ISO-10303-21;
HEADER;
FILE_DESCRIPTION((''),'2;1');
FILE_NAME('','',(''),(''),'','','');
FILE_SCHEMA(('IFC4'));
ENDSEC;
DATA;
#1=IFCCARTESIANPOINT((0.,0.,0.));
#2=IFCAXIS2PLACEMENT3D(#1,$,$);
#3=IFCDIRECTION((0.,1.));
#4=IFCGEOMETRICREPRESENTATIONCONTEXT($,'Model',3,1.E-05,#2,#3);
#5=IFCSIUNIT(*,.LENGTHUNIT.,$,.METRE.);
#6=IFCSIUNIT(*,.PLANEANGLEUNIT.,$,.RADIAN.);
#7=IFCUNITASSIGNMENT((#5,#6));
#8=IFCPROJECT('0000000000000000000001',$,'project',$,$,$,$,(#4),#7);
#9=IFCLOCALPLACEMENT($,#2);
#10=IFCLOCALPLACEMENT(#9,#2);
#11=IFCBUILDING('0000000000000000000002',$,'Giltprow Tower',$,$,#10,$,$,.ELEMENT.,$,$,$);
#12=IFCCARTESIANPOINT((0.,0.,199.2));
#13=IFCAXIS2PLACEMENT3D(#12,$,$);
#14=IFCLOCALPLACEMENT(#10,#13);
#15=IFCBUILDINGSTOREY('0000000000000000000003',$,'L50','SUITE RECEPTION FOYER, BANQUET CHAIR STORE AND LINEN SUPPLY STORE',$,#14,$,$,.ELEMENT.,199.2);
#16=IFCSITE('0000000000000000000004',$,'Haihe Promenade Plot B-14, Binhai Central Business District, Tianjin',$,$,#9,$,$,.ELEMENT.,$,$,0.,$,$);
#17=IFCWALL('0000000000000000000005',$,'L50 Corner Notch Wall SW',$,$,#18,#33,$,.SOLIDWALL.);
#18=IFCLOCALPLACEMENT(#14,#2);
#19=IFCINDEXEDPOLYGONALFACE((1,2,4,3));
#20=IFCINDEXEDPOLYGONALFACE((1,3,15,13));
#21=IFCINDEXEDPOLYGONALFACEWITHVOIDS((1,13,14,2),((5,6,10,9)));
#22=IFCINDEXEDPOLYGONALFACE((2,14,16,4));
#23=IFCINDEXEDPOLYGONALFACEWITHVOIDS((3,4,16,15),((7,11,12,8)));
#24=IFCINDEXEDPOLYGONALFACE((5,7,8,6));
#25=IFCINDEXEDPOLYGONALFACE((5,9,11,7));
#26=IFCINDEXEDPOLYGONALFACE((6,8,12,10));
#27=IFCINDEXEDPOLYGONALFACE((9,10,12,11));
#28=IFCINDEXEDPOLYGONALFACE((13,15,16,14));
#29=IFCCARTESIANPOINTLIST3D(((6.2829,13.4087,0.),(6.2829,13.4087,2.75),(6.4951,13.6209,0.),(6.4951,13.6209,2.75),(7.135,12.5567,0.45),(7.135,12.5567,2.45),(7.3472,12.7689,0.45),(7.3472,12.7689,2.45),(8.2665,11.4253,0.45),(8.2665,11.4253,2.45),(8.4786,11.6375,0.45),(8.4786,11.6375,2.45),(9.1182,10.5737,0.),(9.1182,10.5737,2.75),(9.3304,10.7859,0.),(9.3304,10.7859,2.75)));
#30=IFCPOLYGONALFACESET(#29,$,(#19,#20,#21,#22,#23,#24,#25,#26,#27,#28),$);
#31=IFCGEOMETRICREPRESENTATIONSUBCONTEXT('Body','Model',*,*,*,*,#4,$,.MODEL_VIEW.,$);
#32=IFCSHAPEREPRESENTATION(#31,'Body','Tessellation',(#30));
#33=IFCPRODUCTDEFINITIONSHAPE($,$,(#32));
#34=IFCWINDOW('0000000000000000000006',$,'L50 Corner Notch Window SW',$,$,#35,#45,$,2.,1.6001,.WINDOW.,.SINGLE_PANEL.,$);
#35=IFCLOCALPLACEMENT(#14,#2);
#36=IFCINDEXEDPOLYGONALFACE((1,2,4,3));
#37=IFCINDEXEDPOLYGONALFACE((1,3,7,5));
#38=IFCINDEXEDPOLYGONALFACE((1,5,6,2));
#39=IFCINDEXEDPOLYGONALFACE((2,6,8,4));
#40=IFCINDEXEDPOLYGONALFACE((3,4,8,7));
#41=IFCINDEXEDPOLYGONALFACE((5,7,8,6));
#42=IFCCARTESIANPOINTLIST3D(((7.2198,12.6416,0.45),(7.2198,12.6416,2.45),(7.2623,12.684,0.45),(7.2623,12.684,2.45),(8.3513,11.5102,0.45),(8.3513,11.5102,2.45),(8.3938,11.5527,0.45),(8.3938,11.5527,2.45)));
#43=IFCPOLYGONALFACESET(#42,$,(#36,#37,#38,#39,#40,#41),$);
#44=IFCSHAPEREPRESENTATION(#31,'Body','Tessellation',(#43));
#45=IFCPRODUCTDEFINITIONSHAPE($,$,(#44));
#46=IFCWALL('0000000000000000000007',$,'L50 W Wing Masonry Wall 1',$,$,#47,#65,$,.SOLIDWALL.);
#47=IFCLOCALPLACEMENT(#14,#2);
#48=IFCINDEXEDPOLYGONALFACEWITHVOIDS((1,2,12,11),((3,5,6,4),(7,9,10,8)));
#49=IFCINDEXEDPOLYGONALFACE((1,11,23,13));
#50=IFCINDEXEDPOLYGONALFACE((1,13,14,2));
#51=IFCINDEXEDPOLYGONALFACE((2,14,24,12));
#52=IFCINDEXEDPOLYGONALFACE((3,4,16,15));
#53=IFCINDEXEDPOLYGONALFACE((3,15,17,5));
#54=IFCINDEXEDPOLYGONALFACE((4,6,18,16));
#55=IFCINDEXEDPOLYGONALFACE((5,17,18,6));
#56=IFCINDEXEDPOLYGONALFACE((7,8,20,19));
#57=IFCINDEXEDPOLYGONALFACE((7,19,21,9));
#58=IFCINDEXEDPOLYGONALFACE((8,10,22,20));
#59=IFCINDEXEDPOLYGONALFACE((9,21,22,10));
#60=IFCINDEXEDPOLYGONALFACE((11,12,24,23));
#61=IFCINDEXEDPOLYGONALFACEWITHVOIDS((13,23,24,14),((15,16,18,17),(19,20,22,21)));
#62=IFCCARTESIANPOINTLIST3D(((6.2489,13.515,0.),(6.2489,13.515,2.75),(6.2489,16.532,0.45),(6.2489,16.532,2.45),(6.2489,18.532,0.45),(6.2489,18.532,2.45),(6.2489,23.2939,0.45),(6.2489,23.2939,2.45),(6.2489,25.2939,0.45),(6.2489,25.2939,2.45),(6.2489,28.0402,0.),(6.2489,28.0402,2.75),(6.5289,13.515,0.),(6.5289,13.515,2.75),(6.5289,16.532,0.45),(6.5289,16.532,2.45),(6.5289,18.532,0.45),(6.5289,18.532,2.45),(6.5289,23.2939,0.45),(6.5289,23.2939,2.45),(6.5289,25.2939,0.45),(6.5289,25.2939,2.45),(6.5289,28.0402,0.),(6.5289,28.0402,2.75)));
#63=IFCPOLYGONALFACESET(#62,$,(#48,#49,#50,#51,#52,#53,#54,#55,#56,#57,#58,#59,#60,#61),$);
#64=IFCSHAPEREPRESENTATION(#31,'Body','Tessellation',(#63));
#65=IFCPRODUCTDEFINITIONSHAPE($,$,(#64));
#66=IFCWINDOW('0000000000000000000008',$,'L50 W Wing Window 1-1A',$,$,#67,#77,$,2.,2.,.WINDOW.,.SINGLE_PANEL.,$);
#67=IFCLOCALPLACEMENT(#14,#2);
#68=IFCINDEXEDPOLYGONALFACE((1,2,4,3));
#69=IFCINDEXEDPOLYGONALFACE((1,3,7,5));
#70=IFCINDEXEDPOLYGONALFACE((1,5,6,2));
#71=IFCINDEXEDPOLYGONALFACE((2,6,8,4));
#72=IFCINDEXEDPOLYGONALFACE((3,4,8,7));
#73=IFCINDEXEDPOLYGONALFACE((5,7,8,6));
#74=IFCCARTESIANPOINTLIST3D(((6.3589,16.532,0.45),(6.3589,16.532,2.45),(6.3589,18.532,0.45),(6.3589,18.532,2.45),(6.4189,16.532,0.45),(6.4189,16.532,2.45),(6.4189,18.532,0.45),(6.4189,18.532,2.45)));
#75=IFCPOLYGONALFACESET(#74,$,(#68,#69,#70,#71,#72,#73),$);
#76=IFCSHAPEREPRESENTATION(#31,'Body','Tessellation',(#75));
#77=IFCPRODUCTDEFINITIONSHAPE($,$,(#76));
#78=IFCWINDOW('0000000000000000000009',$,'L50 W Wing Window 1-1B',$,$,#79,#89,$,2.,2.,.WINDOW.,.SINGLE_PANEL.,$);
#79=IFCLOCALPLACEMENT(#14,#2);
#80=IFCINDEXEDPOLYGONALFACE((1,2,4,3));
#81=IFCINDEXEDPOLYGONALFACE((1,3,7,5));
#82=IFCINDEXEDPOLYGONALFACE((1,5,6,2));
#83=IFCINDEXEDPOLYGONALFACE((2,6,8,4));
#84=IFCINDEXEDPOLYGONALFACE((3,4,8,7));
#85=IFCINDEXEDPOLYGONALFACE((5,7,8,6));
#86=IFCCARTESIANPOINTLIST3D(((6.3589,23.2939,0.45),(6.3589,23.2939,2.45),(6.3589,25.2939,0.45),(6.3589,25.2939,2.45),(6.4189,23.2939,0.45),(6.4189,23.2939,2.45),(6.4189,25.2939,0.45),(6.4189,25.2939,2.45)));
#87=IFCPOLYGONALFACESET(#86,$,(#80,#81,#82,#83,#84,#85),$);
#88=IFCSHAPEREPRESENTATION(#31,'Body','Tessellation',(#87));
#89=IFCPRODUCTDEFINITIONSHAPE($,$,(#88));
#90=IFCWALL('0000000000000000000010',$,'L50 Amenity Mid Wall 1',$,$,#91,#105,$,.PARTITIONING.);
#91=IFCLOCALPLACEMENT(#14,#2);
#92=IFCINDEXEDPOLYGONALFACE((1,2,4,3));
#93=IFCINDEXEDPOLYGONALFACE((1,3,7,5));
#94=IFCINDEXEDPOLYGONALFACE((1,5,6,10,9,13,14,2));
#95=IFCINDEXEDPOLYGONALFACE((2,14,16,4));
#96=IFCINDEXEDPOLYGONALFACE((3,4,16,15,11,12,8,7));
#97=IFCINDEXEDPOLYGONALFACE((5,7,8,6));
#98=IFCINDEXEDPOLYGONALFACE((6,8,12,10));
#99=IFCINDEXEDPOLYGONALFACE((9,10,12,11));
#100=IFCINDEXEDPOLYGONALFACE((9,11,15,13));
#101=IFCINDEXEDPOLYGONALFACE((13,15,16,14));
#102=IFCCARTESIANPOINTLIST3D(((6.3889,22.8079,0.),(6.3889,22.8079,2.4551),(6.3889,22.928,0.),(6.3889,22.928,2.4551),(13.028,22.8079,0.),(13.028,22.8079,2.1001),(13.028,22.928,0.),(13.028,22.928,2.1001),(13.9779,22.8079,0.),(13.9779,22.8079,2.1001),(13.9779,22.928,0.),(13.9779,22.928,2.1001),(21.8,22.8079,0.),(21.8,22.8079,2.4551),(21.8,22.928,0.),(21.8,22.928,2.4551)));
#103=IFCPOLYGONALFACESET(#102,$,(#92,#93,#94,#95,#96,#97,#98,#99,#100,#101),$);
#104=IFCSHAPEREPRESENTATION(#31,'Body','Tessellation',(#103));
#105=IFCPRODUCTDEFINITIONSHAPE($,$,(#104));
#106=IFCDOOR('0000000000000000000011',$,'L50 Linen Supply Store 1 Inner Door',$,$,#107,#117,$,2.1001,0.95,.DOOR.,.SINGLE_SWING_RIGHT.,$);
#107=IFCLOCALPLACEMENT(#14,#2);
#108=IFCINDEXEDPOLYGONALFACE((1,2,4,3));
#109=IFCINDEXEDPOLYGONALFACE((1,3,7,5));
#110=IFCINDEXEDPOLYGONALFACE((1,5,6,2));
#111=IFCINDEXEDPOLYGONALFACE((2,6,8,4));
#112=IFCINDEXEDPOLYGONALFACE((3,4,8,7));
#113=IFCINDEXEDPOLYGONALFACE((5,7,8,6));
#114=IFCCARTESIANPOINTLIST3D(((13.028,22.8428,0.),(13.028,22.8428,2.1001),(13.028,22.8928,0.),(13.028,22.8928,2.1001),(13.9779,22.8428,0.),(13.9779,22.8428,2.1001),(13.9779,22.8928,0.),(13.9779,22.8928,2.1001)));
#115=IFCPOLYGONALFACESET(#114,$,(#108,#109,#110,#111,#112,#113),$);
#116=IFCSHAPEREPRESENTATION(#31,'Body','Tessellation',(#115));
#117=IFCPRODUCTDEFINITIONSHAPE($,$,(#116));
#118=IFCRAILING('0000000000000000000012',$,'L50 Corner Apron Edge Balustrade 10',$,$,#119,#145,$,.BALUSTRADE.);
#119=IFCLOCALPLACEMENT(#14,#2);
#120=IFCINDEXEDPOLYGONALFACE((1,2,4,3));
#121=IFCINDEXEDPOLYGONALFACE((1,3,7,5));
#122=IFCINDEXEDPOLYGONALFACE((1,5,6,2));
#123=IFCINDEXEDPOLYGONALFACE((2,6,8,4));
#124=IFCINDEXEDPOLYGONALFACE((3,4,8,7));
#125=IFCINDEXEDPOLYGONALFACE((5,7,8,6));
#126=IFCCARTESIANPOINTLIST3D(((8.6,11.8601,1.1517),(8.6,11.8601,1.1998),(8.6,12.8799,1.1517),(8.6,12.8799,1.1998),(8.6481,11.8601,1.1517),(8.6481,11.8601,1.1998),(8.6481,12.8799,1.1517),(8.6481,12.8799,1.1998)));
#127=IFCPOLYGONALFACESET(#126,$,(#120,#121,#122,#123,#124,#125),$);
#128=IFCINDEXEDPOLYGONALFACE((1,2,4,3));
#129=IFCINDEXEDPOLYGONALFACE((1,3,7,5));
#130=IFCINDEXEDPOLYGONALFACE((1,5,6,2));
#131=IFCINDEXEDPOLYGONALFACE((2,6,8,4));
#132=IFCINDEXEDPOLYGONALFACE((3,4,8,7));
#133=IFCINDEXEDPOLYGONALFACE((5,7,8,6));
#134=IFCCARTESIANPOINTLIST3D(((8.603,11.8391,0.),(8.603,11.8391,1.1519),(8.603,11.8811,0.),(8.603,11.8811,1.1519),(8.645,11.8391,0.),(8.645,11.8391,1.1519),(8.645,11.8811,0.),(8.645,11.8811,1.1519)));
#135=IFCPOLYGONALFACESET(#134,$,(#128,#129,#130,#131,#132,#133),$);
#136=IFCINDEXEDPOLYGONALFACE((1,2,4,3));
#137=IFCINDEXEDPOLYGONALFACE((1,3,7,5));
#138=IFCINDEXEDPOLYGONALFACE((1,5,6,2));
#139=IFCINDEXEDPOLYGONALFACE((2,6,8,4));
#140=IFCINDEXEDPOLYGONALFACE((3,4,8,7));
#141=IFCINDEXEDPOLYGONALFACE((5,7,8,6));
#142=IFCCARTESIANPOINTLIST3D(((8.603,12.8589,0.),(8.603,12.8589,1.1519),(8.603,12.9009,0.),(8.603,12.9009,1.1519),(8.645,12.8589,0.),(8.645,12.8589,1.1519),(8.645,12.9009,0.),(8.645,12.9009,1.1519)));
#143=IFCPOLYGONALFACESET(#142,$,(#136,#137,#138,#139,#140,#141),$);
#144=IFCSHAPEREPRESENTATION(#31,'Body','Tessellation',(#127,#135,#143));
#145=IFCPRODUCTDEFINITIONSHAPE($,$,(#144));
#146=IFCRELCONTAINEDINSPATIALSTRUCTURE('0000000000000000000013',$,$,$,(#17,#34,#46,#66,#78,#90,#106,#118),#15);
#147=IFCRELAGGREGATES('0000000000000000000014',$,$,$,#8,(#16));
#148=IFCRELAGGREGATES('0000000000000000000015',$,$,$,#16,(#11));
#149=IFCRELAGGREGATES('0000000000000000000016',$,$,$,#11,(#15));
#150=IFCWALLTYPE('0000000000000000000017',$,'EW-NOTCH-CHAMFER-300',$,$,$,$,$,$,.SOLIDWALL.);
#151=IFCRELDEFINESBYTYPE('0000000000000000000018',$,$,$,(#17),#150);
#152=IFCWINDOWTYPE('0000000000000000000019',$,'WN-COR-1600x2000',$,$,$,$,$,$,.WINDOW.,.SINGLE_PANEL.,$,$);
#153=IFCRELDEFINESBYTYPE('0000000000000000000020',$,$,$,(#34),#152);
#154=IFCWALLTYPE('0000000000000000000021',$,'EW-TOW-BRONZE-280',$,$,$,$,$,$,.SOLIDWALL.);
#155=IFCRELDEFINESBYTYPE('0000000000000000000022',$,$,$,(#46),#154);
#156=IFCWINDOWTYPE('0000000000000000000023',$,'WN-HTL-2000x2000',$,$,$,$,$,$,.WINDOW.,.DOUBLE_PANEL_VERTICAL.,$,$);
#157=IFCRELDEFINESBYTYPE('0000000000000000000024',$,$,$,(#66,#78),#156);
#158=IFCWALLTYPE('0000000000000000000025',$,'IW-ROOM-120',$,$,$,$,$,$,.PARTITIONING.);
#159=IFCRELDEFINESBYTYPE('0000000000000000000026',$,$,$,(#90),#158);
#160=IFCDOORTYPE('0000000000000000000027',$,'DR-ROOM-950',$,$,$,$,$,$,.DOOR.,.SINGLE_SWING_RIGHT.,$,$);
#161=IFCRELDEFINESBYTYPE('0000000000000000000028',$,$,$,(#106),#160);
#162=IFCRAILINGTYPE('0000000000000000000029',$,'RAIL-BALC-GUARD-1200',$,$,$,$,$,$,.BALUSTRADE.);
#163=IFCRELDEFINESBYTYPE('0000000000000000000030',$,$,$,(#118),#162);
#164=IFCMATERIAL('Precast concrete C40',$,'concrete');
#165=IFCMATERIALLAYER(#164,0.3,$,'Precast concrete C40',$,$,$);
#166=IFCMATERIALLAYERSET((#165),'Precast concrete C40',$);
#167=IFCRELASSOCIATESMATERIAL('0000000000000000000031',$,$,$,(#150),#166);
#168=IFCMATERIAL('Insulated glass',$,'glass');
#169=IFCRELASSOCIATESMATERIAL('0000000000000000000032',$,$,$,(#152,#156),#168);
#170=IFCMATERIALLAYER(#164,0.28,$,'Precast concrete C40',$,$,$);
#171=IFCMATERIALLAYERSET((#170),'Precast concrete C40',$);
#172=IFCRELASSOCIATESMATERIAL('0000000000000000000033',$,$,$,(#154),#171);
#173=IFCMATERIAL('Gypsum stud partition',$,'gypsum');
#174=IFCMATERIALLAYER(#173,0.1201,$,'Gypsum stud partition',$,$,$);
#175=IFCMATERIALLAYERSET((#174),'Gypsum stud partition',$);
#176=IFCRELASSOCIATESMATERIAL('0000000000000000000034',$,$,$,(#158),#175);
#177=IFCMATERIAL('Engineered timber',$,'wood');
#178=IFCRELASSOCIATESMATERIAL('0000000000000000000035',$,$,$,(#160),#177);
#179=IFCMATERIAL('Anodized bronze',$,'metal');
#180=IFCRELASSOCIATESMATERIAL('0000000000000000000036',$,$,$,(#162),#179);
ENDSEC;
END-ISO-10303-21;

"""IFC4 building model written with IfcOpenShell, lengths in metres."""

from ifc_helpers import new_model, si_unit, direction, frame, frame_2d, origin, origin_2d, place, context, subcontext, project, spatial, rectangle, extrude, source, transform, mapped, material, layer, layer_set, type_object, element, fill, save


model = new_model("IFC4")

# Units and contexts
model_context = context("Model", 3, precision=1e-05, world=origin(), true_north=direction((0.0, 1.0)))
body_context = subcontext(model_context, "Body", "Model", "MODEL_VIEW")
ifc_project = project(units=[si_unit("LENGTHUNIT", "METRE"), si_unit("PLANEANGLEUNIT", "RADIAN")], contexts=[model_context])

# Site, building, storey
site_placement = place(None, origin())
site = spatial("IfcSite", under=ifc_project, at=site_placement, Name="Haihe Promenade Plot B-14, Binhai Central Business District, Tianjin", CompositionType="ELEMENT", RefElevation=0.0)
building_placement = place(site_placement, origin())
building = spatial("IfcBuilding", under=site, at=building_placement, Name="Giltprow Tower", CompositionType="ELEMENT")
storey_placement = place(building_placement, frame((0.0, 0.0, 199.2)))
storey = spatial("IfcBuildingStorey", under=building, at=storey_placement, Name="L50", Description="SUITE RECEPTION FOYER, BANQUET CHAIR STORE AND LINEN SUPPLY STORE", CompositionType="ELEMENT", Elevation=199.2)

# Shared definitions
ifc_material_1 = material(Name="Anodized bronze", Category="metal")

# Shared definitions
ifc_material_2 = material(Name="Insulated glass", Category="glass")

# Wall, opening, window
ifc_material_3 = material(Name="Precast concrete C40", Category="concrete")
ifc_layer_1 = layer(ifc_material_3, 0.3, Name="Precast concrete C40")
ifc_layer_set_1 = layer_set([ifc_layer_1], Name="Precast concrete C40")
wall_type_1 = type_object("IfcWallType", Name="EW-NOTCH-CHAMFER-300", PredefinedType="SOLIDWALL", material=ifc_layer_set_1)
wall_1_placement = place(storey_placement, frame((6.3889, 13.5149, 0.0), z_axis=(0.0, 0.0, 1.0), x_axis=(0.707137, -0.707076, 0.0)))
wall_1 = element("IfcWall", 1, at=wall_1_placement, inside=storey, type_object=wall_type_1, Name="L50 Corner Notch Wall SW", PredefinedType="SOLIDWALL", context=body_context, shape_type="SweptSolid", body=[
    extrude(rectangle(XDim=4.0095, YDim=0.3, at=frame_2d((2.0049, 0.0))), origin(), (0.0, 0.0, 1.0), 2.75),
])
opening_1_placement = place(wall_1_placement, frame((1.2051, 0.0, 0.45)))
opening_1 = element("IfcOpeningElement", 2, at=opening_1_placement, cuts=wall_1, PredefinedType="OPENING", context=body_context, shape_type="SweptSolid", body=[
    extrude(rectangle(XDim=1.6001, YDim=2.0, at=frame_2d((0.8, 1.0))), frame((0.0, 0.1599, 0.0), z_axis=(0.0, -1.0, 0.0), x_axis=(1.0, 0.0, 0.0)), (0.0, 0.0, 1.0), 0.3201),
])
window_type_1 = type_object("IfcWindowType", Name="WN-COR-1600x2000", PartitioningType="SINGLE_PANEL", PredefinedType="WINDOW", material=ifc_material_2)
shared_shape_1 = source(origin(), body_context, "Body", "SweptSolid", [
    extrude(rectangle(XDim=1.6001, YDim=2.0, at=frame_2d((0.8, 1.0))), frame((0.0, 0.03, 0.0), z_axis=(0.0, -1.0, 0.0), x_axis=(1.0, 0.0, 0.0)), (0.0, 0.0, 1.0), 0.0601),
])
window_1_placement = place(opening_1_placement, origin())
window_1 = element("IfcWindow", 3, at=window_1_placement, inside=storey, type_object=window_type_1, Name="L50 Corner Notch Window SW", OverallHeight=2.0, OverallWidth=1.6001, PartitioningType="SINGLE_PANEL", PredefinedType="WINDOW", context=body_context, shape_type="MappedRepresentation", body=[
    mapped(shared_shape_1, transform((0.0, 0.0, 0.0), x_axis=(1.0, 0.0, 0.0), y_axis=(0.0, 1.0, 0.0), z_axis=(0.0, 0.0, 1.0), scale=1.0)),
])
fill(opening_1, window_1)

# Wall, openings, windows
ifc_layer_2 = layer(ifc_material_3, 0.28, Name="Precast concrete C40")
ifc_layer_set_2 = layer_set([ifc_layer_2], Name="Precast concrete C40")
wall_type_2 = type_object("IfcWallType", Name="EW-TOW-BRONZE-280", PredefinedType="SOLIDWALL", material=ifc_layer_set_2)
wall_2_placement = place(storey_placement, frame((6.3889, 13.5149, 0.0), z_axis=(0.0, 0.0, 1.0), x_axis=(0.0, 1.0, 0.0)))
wall_2 = element("IfcWall", 4, at=wall_2_placement, inside=storey, type_object=wall_type_2, Name="L50 W Wing Masonry Wall 1", PredefinedType="SOLIDWALL", context=body_context, shape_type="SweptSolid", body=[
    extrude(rectangle(XDim=14.5251, YDim=0.28, at=frame_2d((7.2627, 0.0))), origin(), (0.0, 0.0, 1.0), 2.75),
])
opening_2_placement = place(wall_2_placement, frame((3.0171, 0.0, 0.45)))
opening_2 = element("IfcOpeningElement", 5, at=opening_2_placement, cuts=wall_2, PredefinedType="OPENING", context=body_context, shape_type="SweptSolid", body=[
    extrude(rectangle(XDim=2.0, YDim=2.0, at=frame_2d((1.0, 1.0))), frame((0.0, 0.1499, 0.0), z_axis=(0.0, -1.0, 0.0), x_axis=(1.0, 0.0, 0.0)), (0.0, 0.0, 1.0), 0.3),
])
opening_3_placement = place(wall_2_placement, frame((9.7791, 0.0, 0.45)))
opening_3 = element("IfcOpeningElement", 6, at=opening_3_placement, cuts=wall_2, PredefinedType="OPENING", context=body_context, shape_type="SweptSolid", body=[
    extrude(rectangle(XDim=2.0, YDim=2.0, at=frame_2d((1.0, 1.0))), frame((0.0, 0.1499, 0.0), z_axis=(0.0, -1.0, 0.0), x_axis=(1.0, 0.0, 0.0)), (0.0, 0.0, 1.0), 0.3),
])
window_type_2 = type_object("IfcWindowType", Name="WN-HTL-2000x2000", PartitioningType="DOUBLE_PANEL_VERTICAL", PredefinedType="WINDOW", material=ifc_material_2)
shared_shape_2 = source(origin(), body_context, "Body", "SweptSolid", [
    extrude(rectangle(XDim=2.0, YDim=2.0, at=frame_2d((1.0, 1.0))), frame((0.0, 0.03, 0.0), z_axis=(0.0, -1.0, 0.0), x_axis=(1.0, 0.0, 0.0)), (0.0, 0.0, 1.0), 0.0601),
])
window_2_placement = place(opening_2_placement, origin())
window_2 = element("IfcWindow", 7, at=window_2_placement, inside=storey, type_object=window_type_2, Name="L50 W Wing Window 1-1A", OverallHeight=2.0, OverallWidth=2.0, PartitioningType="SINGLE_PANEL", PredefinedType="WINDOW", context=body_context, shape_type="MappedRepresentation", body=[
    mapped(shared_shape_2, transform((0.0, 0.0, 0.0), x_axis=(1.0, 0.0, 0.0), y_axis=(0.0, 1.0, 0.0), z_axis=(0.0, 0.0, 1.0), scale=1.0)),
])
fill(opening_2, window_2)
window_3_placement = place(opening_3_placement, origin())
window_3 = element("IfcWindow", 8, at=window_3_placement, inside=storey, type_object=window_type_2, Name="L50 W Wing Window 1-1B", OverallHeight=2.0, OverallWidth=2.0, PartitioningType="SINGLE_PANEL", PredefinedType="WINDOW", context=body_context, shape_type="MappedRepresentation", body=[
    mapped(shared_shape_2, transform((0.0, 0.0, 0.0), x_axis=(1.0, 0.0, 0.0), y_axis=(0.0, 1.0, 0.0), z_axis=(0.0, 0.0, 1.0), scale=1.0)),
])
fill(opening_3, window_3)

# Wall, opening, door
ifc_material_4 = material(Name="Gypsum stud partition", Category="gypsum")
ifc_layer_3 = layer(ifc_material_4, 0.1201, Name="Gypsum stud partition")
ifc_layer_set_3 = layer_set([ifc_layer_3], Name="Gypsum stud partition")
wall_type_3 = type_object("IfcWallType", Name="IW-ROOM-120", PredefinedType="PARTITIONING", material=ifc_layer_set_3)
wall_3_placement = place(storey_placement, frame((6.3889, 22.8679, 0.0), z_axis=(0.0, 0.0, 1.0), x_axis=(1.0, 0.0, 0.0)))
wall_3 = element("IfcWall", 9, at=wall_3_placement, inside=storey, type_object=wall_type_3, Name="L50 Amenity Mid Wall 1", PredefinedType="PARTITIONING", context=body_context, shape_type="SweptSolid", body=[
    extrude(rectangle(XDim=15.4111, YDim=0.1201, at=frame_2d((7.7056, 0.0))), origin(), (0.0, 0.0, 1.0), 2.4551),
])
opening_4_placement = place(wall_3_placement, frame((6.6389, 0.0, 0.0)))
opening_4 = element("IfcOpeningElement", 10, at=opening_4_placement, cuts=wall_3, PredefinedType="OPENING", context=body_context, shape_type="SweptSolid", body=[
    extrude(rectangle(XDim=0.95, YDim=2.1001, at=frame_2d((0.4751, 1.05))), frame((0.0, 0.0701, 0.0), z_axis=(0.0, -1.0, 0.0), x_axis=(1.0, 0.0, 0.0)), (0.0, 0.0, 1.0), 0.1401),
])
ifc_material_5 = material(Name="Engineered timber", Category="wood")
door_type = type_object("IfcDoorType", Name="DR-ROOM-950", OperationType="SINGLE_SWING_RIGHT", PredefinedType="DOOR", material=ifc_material_5)
shared_shape_3 = source(origin(), body_context, "Body", "SweptSolid", [
    extrude(rectangle(XDim=0.95, YDim=2.1001, at=frame_2d((0.4751, 1.05))), frame((0.0, 0.0249, 0.0), z_axis=(0.0, -1.0, 0.0), x_axis=(1.0, 0.0, 0.0)), (0.0, 0.0, 1.0), 0.05),
])
door_placement = place(opening_4_placement, origin())
door = element("IfcDoor", 11, at=door_placement, inside=storey, type_object=door_type, Name="L50 Linen Supply Store 1 Inner Door", OperationType="SINGLE_SWING_RIGHT", OverallHeight=2.1001, OverallWidth=0.95, PredefinedType="DOOR", context=body_context, shape_type="MappedRepresentation", body=[
    mapped(shared_shape_3, transform((0.0, 0.0, 0.0), x_axis=(1.0, 0.0, 0.0), y_axis=(0.0, 1.0, 0.0), z_axis=(0.0, 0.0, 1.0), scale=1.0)),
])
fill(opening_4, door)

# Railing
railing_type = type_object("IfcRailingType", Name="RAIL-BALC-GUARD-1200", PredefinedType="BALUSTRADE", material=ifc_material_1)
railing_1_placement = place(storey_placement, frame((8.624, 11.8601, 0.0)))
element("IfcRailing", 12, at=railing_1_placement, inside=storey, type_object=railing_type, Name="L50 Corner Apron Edge Balustrade 10", PredefinedType="BALUSTRADE", context=body_context, shape_type="SweptSolid", body=[
    extrude(rectangle(XDim=0.0481, YDim=0.0481, at=origin_2d()), frame((0.0, 0.0, 1.1758), z_axis=(0.0, 1.0, 0.0), x_axis=(-1.0, 0.0, 0.0)), (0.0, 0.0, 1.0), 1.0198),
    extrude(rectangle(XDim=0.042, YDim=0.042, at=origin_2d()), origin(), (0.0, 0.0, 1.0), 1.1519),
    extrude(rectangle(XDim=0.042, YDim=0.042, at=origin_2d()), frame((0.0, 1.0198, 0.0)), (0.0, 0.0, 1.0), 1.1519),
])

save(model, "model.ifc")
